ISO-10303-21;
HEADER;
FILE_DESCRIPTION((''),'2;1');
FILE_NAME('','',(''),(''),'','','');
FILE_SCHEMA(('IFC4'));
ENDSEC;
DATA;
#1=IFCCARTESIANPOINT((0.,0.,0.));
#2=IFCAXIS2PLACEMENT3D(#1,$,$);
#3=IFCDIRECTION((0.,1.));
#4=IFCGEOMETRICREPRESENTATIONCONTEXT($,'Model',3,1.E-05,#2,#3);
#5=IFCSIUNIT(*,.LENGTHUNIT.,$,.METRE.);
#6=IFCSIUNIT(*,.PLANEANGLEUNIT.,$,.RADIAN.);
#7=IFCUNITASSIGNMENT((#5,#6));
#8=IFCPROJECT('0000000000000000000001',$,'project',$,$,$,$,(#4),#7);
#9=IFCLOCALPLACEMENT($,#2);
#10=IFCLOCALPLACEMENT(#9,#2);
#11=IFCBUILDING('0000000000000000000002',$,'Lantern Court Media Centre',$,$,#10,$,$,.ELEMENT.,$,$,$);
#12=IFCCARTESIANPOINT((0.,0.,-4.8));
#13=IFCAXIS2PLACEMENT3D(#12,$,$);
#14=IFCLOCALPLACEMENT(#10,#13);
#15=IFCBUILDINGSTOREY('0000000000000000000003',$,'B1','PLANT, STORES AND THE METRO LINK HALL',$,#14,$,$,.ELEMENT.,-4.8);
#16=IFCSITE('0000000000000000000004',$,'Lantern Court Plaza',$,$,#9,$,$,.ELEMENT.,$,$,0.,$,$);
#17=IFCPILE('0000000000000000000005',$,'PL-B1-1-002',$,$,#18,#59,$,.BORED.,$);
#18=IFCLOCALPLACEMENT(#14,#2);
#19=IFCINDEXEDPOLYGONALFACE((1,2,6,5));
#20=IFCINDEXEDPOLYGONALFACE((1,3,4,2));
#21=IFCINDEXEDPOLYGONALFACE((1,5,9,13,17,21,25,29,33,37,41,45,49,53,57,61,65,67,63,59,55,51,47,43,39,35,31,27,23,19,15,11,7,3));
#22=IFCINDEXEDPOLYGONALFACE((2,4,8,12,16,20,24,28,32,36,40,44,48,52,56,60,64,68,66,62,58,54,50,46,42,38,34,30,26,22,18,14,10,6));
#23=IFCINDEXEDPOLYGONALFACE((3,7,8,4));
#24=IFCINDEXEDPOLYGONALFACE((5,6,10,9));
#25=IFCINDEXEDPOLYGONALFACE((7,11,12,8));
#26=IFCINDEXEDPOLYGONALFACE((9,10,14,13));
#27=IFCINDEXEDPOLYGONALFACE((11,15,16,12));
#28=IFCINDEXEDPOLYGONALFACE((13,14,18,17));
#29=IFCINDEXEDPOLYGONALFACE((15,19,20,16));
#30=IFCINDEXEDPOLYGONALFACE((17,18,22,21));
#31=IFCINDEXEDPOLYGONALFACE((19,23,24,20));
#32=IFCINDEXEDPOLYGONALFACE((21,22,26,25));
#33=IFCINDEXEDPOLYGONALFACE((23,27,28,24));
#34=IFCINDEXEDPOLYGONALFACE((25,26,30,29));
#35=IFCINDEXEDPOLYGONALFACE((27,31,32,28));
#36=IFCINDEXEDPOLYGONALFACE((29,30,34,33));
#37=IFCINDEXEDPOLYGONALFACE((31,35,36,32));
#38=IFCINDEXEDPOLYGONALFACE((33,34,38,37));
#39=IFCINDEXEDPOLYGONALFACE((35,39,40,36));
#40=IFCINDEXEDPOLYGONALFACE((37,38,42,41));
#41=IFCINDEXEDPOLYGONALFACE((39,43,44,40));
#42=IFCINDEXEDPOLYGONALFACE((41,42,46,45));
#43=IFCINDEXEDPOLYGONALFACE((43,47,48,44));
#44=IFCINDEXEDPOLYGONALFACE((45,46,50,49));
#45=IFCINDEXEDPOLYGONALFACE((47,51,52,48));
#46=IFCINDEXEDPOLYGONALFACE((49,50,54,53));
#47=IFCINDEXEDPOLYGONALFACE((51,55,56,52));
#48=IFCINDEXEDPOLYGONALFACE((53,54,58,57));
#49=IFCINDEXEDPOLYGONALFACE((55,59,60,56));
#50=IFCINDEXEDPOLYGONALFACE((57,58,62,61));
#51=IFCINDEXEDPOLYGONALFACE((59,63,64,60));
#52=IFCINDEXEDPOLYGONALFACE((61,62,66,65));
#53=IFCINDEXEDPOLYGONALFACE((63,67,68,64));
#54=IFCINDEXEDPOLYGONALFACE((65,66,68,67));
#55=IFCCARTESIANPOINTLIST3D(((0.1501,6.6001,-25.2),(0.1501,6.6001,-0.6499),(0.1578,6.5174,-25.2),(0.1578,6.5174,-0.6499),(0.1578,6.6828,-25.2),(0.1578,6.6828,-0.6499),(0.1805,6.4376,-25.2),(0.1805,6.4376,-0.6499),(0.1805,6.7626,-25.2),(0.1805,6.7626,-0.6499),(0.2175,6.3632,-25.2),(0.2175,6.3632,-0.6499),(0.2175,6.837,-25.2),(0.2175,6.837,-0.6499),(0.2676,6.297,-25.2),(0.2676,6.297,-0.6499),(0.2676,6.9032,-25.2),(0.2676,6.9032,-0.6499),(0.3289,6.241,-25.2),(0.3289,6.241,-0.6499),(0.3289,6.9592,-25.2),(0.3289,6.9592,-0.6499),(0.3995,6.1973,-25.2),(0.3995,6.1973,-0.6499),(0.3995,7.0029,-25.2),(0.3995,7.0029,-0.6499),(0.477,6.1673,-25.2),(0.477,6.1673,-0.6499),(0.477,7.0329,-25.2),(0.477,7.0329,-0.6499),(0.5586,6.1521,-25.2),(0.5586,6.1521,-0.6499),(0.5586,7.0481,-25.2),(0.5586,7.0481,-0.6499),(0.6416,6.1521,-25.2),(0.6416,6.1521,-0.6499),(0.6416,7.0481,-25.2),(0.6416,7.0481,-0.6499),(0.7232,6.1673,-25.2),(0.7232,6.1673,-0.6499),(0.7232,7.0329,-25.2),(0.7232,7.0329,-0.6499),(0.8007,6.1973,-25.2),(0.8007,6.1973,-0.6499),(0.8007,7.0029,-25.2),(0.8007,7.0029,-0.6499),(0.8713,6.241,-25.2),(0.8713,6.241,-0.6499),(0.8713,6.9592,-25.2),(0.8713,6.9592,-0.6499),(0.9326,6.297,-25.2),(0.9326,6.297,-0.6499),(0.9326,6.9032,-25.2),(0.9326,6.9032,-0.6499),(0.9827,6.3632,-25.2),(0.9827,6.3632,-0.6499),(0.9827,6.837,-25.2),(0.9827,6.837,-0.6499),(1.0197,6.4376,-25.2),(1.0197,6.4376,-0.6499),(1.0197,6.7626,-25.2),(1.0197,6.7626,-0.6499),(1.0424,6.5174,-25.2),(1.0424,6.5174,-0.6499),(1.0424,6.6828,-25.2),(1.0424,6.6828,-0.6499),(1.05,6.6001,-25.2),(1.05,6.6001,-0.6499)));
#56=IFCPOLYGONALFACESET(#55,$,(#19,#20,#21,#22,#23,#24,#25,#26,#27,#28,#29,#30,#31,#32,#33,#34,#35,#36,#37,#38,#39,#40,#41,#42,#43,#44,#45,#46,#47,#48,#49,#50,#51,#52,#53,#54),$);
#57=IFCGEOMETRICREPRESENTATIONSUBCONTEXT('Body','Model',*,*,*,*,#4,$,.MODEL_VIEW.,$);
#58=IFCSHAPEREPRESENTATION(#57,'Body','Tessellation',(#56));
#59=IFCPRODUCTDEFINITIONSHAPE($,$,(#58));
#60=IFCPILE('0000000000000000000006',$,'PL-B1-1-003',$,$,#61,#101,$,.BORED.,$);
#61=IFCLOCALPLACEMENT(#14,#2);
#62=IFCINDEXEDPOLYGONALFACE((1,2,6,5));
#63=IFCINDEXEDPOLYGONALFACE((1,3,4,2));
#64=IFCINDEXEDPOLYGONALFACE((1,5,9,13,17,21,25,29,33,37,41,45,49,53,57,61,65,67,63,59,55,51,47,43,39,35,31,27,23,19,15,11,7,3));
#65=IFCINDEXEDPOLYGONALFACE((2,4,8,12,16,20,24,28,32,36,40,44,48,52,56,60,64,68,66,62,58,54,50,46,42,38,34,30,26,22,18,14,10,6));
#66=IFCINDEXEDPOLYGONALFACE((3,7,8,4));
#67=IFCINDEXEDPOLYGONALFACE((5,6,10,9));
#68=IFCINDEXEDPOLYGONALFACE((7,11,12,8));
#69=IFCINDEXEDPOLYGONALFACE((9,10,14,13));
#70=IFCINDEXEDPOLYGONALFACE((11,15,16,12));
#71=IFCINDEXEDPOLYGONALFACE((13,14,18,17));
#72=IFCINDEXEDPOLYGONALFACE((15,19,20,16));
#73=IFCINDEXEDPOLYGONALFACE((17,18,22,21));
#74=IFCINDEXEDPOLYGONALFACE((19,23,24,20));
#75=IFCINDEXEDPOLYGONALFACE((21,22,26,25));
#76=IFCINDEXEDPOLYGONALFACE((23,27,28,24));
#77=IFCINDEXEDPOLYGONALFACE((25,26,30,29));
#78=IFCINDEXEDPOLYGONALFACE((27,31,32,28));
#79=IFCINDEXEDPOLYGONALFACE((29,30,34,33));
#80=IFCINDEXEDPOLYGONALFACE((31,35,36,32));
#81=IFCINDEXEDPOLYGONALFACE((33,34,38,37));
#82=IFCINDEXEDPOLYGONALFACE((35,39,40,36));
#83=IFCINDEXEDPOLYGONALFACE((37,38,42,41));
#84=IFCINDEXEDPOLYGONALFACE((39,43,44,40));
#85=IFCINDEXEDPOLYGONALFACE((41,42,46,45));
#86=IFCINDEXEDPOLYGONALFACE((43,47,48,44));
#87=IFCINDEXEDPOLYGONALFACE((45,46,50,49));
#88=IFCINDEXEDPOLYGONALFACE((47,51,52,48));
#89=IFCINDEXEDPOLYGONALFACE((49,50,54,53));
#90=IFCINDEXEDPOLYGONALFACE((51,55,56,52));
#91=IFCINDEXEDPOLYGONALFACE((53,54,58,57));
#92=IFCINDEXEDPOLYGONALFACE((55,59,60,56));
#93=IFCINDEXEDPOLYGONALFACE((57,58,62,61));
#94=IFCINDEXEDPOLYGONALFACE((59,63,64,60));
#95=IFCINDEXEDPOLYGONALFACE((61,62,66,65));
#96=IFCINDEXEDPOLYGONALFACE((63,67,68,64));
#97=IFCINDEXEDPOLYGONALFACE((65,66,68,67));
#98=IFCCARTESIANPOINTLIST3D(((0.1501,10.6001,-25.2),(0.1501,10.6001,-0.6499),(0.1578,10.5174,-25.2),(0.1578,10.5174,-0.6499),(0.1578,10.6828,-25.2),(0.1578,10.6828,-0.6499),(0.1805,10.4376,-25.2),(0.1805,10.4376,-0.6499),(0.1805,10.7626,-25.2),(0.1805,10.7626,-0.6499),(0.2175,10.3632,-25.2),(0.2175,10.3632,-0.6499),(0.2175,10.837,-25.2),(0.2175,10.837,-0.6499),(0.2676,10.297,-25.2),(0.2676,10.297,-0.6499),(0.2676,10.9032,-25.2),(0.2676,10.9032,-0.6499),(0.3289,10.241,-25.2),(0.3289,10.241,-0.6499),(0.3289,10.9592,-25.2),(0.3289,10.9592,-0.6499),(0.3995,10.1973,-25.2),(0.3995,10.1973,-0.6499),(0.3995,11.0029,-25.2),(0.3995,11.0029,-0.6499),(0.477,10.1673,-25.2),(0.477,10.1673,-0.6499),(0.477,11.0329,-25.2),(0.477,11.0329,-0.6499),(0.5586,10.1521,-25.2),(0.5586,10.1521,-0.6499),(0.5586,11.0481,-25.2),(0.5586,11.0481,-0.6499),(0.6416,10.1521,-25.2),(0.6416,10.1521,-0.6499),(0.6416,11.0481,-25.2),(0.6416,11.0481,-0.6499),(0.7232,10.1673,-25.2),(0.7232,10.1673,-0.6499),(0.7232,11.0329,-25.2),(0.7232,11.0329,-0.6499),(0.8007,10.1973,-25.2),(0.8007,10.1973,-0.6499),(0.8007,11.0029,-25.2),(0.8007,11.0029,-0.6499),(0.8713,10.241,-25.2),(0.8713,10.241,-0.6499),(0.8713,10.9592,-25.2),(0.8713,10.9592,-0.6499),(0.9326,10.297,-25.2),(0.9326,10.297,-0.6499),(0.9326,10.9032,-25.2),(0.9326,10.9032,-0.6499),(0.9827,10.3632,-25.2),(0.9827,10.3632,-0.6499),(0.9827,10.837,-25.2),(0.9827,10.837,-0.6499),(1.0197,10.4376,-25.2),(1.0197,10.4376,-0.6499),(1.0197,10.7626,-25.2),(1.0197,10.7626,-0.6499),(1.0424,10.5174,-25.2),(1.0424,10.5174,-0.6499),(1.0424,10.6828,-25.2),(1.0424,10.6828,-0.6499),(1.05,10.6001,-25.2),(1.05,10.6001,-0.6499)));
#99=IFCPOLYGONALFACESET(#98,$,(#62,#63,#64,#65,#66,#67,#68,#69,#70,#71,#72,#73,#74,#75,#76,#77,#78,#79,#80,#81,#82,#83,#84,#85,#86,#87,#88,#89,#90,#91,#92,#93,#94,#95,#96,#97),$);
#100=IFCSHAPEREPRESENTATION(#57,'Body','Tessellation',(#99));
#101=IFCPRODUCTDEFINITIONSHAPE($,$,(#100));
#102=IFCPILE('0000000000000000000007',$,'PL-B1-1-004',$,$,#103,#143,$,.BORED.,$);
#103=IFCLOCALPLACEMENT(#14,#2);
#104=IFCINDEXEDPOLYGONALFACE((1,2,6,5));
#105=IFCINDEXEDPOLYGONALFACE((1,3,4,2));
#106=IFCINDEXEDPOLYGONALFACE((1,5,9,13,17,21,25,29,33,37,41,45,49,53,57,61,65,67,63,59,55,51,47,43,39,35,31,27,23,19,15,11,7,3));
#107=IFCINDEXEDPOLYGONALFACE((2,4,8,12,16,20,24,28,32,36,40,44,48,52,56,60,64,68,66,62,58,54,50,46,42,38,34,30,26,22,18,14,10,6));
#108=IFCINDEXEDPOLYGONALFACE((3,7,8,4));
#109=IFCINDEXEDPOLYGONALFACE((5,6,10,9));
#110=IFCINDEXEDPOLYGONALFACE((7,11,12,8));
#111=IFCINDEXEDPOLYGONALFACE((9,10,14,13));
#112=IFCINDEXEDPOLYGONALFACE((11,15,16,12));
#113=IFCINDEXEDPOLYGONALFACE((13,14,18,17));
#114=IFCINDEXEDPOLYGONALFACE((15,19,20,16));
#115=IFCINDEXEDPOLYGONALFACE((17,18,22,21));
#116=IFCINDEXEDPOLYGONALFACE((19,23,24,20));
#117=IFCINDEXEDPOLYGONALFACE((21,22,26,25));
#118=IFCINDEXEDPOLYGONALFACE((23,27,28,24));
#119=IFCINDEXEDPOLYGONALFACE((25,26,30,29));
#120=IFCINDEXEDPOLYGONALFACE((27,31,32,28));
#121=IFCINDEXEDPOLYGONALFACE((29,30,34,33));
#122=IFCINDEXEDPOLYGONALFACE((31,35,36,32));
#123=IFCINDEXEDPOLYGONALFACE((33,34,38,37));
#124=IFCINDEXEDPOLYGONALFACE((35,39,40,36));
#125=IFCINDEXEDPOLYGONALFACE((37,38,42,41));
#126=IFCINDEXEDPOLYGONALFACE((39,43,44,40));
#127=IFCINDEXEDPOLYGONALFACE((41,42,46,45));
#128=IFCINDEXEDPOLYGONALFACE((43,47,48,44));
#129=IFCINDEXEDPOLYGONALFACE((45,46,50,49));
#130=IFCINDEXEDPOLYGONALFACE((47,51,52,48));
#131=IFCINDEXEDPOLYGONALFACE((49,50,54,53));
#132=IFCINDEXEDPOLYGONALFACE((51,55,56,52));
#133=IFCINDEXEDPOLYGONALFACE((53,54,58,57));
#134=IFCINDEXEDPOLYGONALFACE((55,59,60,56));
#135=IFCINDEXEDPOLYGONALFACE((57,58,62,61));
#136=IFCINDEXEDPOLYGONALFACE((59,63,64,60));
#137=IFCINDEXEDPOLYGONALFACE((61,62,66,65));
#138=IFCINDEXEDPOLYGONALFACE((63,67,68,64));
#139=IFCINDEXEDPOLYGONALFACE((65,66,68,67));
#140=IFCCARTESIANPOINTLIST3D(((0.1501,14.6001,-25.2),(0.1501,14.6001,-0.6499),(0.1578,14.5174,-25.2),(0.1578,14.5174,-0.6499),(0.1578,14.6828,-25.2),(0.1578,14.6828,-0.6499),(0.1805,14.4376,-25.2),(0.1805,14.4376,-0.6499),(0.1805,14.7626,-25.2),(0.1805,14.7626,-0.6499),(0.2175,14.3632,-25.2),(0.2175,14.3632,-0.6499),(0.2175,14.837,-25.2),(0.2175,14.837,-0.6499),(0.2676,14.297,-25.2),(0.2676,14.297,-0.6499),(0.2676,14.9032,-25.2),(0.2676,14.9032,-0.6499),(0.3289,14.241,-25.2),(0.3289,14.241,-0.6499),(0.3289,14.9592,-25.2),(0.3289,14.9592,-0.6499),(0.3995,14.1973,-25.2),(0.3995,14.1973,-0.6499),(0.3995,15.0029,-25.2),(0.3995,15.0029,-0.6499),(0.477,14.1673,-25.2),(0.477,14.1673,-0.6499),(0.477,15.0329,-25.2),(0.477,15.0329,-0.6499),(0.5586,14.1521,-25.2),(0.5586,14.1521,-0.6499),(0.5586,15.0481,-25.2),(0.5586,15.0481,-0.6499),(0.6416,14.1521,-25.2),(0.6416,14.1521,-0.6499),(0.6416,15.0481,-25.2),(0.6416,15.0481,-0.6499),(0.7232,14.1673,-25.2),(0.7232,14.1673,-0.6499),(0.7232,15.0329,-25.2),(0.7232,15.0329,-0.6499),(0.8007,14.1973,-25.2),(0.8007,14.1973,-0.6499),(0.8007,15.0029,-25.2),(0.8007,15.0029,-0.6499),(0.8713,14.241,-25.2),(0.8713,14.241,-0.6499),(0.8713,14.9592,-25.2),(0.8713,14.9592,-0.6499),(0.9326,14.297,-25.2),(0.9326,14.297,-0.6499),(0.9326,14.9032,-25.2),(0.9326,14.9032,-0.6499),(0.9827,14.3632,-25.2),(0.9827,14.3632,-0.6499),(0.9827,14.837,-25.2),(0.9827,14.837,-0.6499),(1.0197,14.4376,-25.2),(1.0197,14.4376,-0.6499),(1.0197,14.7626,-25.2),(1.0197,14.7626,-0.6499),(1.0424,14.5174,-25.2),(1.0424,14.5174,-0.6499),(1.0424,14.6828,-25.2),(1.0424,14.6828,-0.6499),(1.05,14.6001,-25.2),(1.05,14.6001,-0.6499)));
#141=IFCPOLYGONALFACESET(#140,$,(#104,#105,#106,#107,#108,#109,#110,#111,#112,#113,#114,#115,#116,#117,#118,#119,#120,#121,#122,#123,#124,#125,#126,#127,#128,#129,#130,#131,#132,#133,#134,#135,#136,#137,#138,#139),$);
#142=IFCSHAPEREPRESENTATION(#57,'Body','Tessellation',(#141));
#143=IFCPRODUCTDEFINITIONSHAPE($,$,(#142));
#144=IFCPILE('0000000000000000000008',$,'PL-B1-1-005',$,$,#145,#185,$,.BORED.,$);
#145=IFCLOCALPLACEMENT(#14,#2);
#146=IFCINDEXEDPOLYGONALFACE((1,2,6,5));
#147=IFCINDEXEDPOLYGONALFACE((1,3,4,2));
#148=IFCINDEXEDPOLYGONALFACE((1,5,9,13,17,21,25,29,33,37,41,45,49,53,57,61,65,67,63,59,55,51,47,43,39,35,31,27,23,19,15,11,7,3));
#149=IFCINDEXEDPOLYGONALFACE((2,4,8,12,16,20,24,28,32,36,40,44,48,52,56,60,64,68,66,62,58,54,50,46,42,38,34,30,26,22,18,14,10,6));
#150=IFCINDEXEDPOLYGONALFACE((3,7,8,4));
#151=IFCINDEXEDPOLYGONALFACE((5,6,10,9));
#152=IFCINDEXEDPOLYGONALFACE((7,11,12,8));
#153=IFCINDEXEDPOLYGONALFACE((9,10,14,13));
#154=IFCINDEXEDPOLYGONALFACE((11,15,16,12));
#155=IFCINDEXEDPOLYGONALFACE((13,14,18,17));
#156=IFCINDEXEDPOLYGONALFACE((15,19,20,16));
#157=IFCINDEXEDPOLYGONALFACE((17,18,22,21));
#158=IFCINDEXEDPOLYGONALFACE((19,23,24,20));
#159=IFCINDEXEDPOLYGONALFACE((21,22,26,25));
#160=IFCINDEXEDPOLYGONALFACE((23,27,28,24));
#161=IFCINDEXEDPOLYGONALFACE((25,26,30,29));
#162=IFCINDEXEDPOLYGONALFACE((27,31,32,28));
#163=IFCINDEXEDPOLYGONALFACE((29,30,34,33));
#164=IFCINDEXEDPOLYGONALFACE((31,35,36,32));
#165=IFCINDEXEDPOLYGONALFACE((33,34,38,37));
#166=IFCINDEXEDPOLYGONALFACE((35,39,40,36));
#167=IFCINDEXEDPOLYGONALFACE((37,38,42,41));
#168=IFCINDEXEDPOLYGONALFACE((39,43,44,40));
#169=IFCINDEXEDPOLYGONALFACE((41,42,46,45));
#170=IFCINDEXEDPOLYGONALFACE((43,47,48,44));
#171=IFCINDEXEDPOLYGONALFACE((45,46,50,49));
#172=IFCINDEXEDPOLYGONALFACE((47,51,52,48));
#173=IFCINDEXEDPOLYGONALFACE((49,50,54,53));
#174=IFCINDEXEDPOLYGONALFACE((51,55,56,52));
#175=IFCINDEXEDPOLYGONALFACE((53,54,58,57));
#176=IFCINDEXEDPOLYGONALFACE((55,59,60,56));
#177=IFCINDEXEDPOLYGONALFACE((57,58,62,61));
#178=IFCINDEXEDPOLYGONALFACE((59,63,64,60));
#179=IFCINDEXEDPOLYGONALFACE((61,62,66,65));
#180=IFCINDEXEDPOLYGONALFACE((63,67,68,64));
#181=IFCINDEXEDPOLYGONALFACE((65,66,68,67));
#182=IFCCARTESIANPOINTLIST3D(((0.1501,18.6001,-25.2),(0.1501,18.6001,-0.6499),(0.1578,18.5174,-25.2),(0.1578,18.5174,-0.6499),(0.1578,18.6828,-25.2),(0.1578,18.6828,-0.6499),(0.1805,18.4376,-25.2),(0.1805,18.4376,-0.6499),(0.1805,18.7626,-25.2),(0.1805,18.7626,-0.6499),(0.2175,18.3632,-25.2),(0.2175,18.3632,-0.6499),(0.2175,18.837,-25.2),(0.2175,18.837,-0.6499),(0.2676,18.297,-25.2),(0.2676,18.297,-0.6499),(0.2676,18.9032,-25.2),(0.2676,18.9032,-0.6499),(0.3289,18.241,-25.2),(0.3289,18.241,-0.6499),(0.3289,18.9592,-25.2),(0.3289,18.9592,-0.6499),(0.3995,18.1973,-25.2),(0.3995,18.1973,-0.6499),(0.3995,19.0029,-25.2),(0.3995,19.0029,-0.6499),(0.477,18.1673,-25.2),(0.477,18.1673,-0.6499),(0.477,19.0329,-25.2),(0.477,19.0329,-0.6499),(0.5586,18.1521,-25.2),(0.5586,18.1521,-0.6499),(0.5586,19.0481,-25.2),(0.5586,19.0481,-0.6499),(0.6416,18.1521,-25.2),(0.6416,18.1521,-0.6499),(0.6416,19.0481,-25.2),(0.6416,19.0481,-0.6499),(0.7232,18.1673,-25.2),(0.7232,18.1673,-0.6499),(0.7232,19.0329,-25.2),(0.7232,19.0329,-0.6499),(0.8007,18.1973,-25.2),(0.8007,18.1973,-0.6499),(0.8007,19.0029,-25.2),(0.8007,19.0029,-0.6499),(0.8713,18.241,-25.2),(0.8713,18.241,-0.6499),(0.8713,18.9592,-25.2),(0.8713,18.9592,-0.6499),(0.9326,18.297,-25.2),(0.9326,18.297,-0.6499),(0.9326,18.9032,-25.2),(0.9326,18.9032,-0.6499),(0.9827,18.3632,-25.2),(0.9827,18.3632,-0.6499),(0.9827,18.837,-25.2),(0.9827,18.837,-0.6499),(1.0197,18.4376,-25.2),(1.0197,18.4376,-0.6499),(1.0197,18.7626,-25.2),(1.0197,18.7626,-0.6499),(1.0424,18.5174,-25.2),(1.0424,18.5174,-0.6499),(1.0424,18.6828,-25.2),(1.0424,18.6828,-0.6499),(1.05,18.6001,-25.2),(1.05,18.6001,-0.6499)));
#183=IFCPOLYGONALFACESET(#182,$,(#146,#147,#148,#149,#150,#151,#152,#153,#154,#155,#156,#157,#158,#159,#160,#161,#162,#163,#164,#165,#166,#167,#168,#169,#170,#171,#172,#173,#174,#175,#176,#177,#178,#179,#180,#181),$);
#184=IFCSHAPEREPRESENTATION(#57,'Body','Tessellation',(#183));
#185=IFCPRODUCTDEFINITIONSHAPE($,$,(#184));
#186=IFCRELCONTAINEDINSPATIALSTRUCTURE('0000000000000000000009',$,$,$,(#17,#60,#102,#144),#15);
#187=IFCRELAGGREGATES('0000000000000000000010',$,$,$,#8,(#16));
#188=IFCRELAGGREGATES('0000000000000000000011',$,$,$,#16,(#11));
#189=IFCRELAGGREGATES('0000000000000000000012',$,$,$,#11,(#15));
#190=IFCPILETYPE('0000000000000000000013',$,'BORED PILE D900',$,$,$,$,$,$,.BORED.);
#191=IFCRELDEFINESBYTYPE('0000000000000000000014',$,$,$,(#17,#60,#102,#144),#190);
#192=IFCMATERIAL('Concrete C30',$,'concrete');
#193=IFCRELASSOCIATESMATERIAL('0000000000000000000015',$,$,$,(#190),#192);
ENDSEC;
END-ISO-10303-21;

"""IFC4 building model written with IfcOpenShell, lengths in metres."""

from ifc_helpers import new_model, si_unit, direction, frame, origin, origin_2d, place, context, subcontext, project, spatial, circle, extrude, material, material_profile, profile_set, type_object, element, save


model = new_model("IFC4")

# Units and contexts
model_context = context("Model", 3, precision=1e-05, world=origin(), true_north=direction((0.0, 1.0)))
body_context = subcontext(model_context, "Body", "Model", "MODEL_VIEW")
ifc_project = project(units=[si_unit("LENGTHUNIT", "METRE"), si_unit("PLANEANGLEUNIT", "RADIAN")], contexts=[model_context])

# Site, building, storey
site_placement = place(None, origin())
site = spatial("IfcSite", under=ifc_project, at=site_placement, Name="Lantern Court Plaza", CompositionType="ELEMENT", RefElevation=0.0)
building_placement = place(site_placement, origin())
building = spatial("IfcBuilding", under=site, at=building_placement, Name="Lantern Court Media Centre", CompositionType="ELEMENT")
storey_placement = place(building_placement, frame((0.0, 0.0, -4.8)))
storey = spatial("IfcBuildingStorey", under=building, at=storey_placement, Name="B1", Description="PLANT, STORES AND THE METRO LINK HALL", CompositionType="ELEMENT", Elevation=-4.8)

# Piles
ifc_material_1 = material(Name="Concrete C30", Category="concrete")
ifc_material_profile_1 = material_profile(ifc_material_1, circle(Radius=0.45, at=origin_2d()), Name="D900")
ifc_profile_set_1 = profile_set([ifc_material_profile_1], Name="Concrete C30")
pile_type = type_object("IfcPileType", Name="BORED PILE D900", PredefinedType="BORED", material=ifc_profile_set_1)
for number, where, z_axis, x_axis, name in (
    (1, (0.6001, 6.6001, -0.6499), (0.0, 0.0, -1.0), (1.0, 0.0, 0.0), "PL-B1-1-002"),
    (2, (0.6001, 10.6001, -0.6499), (0.0, 0.0, -1.0), (1.0, 0.0, 0.0), "PL-B1-1-003"),
    (3, (0.6001, 14.6001, -0.6499), (0.0, 0.0, -1.0), (1.0, 0.0, 0.0), "PL-B1-1-004"),
    (4, (0.6001, 18.6001, -0.6499), (0.0, 0.0, -1.0), (1.0, 0.0, 0.0), "PL-B1-1-005"),
):
    element("IfcPile", number, at=place(storey_placement, frame(where, z_axis=z_axis, x_axis=x_axis)), inside=storey, type_object=pile_type, Name=name, PredefinedType="BORED", context=body_context, shape_type="SweptSolid", body=[
        extrude(circle(Radius=0.45, at=origin_2d()), origin(), (0.0, 0.0, 1.0), 24.55),
    ])

save(model, "model.ifc")
